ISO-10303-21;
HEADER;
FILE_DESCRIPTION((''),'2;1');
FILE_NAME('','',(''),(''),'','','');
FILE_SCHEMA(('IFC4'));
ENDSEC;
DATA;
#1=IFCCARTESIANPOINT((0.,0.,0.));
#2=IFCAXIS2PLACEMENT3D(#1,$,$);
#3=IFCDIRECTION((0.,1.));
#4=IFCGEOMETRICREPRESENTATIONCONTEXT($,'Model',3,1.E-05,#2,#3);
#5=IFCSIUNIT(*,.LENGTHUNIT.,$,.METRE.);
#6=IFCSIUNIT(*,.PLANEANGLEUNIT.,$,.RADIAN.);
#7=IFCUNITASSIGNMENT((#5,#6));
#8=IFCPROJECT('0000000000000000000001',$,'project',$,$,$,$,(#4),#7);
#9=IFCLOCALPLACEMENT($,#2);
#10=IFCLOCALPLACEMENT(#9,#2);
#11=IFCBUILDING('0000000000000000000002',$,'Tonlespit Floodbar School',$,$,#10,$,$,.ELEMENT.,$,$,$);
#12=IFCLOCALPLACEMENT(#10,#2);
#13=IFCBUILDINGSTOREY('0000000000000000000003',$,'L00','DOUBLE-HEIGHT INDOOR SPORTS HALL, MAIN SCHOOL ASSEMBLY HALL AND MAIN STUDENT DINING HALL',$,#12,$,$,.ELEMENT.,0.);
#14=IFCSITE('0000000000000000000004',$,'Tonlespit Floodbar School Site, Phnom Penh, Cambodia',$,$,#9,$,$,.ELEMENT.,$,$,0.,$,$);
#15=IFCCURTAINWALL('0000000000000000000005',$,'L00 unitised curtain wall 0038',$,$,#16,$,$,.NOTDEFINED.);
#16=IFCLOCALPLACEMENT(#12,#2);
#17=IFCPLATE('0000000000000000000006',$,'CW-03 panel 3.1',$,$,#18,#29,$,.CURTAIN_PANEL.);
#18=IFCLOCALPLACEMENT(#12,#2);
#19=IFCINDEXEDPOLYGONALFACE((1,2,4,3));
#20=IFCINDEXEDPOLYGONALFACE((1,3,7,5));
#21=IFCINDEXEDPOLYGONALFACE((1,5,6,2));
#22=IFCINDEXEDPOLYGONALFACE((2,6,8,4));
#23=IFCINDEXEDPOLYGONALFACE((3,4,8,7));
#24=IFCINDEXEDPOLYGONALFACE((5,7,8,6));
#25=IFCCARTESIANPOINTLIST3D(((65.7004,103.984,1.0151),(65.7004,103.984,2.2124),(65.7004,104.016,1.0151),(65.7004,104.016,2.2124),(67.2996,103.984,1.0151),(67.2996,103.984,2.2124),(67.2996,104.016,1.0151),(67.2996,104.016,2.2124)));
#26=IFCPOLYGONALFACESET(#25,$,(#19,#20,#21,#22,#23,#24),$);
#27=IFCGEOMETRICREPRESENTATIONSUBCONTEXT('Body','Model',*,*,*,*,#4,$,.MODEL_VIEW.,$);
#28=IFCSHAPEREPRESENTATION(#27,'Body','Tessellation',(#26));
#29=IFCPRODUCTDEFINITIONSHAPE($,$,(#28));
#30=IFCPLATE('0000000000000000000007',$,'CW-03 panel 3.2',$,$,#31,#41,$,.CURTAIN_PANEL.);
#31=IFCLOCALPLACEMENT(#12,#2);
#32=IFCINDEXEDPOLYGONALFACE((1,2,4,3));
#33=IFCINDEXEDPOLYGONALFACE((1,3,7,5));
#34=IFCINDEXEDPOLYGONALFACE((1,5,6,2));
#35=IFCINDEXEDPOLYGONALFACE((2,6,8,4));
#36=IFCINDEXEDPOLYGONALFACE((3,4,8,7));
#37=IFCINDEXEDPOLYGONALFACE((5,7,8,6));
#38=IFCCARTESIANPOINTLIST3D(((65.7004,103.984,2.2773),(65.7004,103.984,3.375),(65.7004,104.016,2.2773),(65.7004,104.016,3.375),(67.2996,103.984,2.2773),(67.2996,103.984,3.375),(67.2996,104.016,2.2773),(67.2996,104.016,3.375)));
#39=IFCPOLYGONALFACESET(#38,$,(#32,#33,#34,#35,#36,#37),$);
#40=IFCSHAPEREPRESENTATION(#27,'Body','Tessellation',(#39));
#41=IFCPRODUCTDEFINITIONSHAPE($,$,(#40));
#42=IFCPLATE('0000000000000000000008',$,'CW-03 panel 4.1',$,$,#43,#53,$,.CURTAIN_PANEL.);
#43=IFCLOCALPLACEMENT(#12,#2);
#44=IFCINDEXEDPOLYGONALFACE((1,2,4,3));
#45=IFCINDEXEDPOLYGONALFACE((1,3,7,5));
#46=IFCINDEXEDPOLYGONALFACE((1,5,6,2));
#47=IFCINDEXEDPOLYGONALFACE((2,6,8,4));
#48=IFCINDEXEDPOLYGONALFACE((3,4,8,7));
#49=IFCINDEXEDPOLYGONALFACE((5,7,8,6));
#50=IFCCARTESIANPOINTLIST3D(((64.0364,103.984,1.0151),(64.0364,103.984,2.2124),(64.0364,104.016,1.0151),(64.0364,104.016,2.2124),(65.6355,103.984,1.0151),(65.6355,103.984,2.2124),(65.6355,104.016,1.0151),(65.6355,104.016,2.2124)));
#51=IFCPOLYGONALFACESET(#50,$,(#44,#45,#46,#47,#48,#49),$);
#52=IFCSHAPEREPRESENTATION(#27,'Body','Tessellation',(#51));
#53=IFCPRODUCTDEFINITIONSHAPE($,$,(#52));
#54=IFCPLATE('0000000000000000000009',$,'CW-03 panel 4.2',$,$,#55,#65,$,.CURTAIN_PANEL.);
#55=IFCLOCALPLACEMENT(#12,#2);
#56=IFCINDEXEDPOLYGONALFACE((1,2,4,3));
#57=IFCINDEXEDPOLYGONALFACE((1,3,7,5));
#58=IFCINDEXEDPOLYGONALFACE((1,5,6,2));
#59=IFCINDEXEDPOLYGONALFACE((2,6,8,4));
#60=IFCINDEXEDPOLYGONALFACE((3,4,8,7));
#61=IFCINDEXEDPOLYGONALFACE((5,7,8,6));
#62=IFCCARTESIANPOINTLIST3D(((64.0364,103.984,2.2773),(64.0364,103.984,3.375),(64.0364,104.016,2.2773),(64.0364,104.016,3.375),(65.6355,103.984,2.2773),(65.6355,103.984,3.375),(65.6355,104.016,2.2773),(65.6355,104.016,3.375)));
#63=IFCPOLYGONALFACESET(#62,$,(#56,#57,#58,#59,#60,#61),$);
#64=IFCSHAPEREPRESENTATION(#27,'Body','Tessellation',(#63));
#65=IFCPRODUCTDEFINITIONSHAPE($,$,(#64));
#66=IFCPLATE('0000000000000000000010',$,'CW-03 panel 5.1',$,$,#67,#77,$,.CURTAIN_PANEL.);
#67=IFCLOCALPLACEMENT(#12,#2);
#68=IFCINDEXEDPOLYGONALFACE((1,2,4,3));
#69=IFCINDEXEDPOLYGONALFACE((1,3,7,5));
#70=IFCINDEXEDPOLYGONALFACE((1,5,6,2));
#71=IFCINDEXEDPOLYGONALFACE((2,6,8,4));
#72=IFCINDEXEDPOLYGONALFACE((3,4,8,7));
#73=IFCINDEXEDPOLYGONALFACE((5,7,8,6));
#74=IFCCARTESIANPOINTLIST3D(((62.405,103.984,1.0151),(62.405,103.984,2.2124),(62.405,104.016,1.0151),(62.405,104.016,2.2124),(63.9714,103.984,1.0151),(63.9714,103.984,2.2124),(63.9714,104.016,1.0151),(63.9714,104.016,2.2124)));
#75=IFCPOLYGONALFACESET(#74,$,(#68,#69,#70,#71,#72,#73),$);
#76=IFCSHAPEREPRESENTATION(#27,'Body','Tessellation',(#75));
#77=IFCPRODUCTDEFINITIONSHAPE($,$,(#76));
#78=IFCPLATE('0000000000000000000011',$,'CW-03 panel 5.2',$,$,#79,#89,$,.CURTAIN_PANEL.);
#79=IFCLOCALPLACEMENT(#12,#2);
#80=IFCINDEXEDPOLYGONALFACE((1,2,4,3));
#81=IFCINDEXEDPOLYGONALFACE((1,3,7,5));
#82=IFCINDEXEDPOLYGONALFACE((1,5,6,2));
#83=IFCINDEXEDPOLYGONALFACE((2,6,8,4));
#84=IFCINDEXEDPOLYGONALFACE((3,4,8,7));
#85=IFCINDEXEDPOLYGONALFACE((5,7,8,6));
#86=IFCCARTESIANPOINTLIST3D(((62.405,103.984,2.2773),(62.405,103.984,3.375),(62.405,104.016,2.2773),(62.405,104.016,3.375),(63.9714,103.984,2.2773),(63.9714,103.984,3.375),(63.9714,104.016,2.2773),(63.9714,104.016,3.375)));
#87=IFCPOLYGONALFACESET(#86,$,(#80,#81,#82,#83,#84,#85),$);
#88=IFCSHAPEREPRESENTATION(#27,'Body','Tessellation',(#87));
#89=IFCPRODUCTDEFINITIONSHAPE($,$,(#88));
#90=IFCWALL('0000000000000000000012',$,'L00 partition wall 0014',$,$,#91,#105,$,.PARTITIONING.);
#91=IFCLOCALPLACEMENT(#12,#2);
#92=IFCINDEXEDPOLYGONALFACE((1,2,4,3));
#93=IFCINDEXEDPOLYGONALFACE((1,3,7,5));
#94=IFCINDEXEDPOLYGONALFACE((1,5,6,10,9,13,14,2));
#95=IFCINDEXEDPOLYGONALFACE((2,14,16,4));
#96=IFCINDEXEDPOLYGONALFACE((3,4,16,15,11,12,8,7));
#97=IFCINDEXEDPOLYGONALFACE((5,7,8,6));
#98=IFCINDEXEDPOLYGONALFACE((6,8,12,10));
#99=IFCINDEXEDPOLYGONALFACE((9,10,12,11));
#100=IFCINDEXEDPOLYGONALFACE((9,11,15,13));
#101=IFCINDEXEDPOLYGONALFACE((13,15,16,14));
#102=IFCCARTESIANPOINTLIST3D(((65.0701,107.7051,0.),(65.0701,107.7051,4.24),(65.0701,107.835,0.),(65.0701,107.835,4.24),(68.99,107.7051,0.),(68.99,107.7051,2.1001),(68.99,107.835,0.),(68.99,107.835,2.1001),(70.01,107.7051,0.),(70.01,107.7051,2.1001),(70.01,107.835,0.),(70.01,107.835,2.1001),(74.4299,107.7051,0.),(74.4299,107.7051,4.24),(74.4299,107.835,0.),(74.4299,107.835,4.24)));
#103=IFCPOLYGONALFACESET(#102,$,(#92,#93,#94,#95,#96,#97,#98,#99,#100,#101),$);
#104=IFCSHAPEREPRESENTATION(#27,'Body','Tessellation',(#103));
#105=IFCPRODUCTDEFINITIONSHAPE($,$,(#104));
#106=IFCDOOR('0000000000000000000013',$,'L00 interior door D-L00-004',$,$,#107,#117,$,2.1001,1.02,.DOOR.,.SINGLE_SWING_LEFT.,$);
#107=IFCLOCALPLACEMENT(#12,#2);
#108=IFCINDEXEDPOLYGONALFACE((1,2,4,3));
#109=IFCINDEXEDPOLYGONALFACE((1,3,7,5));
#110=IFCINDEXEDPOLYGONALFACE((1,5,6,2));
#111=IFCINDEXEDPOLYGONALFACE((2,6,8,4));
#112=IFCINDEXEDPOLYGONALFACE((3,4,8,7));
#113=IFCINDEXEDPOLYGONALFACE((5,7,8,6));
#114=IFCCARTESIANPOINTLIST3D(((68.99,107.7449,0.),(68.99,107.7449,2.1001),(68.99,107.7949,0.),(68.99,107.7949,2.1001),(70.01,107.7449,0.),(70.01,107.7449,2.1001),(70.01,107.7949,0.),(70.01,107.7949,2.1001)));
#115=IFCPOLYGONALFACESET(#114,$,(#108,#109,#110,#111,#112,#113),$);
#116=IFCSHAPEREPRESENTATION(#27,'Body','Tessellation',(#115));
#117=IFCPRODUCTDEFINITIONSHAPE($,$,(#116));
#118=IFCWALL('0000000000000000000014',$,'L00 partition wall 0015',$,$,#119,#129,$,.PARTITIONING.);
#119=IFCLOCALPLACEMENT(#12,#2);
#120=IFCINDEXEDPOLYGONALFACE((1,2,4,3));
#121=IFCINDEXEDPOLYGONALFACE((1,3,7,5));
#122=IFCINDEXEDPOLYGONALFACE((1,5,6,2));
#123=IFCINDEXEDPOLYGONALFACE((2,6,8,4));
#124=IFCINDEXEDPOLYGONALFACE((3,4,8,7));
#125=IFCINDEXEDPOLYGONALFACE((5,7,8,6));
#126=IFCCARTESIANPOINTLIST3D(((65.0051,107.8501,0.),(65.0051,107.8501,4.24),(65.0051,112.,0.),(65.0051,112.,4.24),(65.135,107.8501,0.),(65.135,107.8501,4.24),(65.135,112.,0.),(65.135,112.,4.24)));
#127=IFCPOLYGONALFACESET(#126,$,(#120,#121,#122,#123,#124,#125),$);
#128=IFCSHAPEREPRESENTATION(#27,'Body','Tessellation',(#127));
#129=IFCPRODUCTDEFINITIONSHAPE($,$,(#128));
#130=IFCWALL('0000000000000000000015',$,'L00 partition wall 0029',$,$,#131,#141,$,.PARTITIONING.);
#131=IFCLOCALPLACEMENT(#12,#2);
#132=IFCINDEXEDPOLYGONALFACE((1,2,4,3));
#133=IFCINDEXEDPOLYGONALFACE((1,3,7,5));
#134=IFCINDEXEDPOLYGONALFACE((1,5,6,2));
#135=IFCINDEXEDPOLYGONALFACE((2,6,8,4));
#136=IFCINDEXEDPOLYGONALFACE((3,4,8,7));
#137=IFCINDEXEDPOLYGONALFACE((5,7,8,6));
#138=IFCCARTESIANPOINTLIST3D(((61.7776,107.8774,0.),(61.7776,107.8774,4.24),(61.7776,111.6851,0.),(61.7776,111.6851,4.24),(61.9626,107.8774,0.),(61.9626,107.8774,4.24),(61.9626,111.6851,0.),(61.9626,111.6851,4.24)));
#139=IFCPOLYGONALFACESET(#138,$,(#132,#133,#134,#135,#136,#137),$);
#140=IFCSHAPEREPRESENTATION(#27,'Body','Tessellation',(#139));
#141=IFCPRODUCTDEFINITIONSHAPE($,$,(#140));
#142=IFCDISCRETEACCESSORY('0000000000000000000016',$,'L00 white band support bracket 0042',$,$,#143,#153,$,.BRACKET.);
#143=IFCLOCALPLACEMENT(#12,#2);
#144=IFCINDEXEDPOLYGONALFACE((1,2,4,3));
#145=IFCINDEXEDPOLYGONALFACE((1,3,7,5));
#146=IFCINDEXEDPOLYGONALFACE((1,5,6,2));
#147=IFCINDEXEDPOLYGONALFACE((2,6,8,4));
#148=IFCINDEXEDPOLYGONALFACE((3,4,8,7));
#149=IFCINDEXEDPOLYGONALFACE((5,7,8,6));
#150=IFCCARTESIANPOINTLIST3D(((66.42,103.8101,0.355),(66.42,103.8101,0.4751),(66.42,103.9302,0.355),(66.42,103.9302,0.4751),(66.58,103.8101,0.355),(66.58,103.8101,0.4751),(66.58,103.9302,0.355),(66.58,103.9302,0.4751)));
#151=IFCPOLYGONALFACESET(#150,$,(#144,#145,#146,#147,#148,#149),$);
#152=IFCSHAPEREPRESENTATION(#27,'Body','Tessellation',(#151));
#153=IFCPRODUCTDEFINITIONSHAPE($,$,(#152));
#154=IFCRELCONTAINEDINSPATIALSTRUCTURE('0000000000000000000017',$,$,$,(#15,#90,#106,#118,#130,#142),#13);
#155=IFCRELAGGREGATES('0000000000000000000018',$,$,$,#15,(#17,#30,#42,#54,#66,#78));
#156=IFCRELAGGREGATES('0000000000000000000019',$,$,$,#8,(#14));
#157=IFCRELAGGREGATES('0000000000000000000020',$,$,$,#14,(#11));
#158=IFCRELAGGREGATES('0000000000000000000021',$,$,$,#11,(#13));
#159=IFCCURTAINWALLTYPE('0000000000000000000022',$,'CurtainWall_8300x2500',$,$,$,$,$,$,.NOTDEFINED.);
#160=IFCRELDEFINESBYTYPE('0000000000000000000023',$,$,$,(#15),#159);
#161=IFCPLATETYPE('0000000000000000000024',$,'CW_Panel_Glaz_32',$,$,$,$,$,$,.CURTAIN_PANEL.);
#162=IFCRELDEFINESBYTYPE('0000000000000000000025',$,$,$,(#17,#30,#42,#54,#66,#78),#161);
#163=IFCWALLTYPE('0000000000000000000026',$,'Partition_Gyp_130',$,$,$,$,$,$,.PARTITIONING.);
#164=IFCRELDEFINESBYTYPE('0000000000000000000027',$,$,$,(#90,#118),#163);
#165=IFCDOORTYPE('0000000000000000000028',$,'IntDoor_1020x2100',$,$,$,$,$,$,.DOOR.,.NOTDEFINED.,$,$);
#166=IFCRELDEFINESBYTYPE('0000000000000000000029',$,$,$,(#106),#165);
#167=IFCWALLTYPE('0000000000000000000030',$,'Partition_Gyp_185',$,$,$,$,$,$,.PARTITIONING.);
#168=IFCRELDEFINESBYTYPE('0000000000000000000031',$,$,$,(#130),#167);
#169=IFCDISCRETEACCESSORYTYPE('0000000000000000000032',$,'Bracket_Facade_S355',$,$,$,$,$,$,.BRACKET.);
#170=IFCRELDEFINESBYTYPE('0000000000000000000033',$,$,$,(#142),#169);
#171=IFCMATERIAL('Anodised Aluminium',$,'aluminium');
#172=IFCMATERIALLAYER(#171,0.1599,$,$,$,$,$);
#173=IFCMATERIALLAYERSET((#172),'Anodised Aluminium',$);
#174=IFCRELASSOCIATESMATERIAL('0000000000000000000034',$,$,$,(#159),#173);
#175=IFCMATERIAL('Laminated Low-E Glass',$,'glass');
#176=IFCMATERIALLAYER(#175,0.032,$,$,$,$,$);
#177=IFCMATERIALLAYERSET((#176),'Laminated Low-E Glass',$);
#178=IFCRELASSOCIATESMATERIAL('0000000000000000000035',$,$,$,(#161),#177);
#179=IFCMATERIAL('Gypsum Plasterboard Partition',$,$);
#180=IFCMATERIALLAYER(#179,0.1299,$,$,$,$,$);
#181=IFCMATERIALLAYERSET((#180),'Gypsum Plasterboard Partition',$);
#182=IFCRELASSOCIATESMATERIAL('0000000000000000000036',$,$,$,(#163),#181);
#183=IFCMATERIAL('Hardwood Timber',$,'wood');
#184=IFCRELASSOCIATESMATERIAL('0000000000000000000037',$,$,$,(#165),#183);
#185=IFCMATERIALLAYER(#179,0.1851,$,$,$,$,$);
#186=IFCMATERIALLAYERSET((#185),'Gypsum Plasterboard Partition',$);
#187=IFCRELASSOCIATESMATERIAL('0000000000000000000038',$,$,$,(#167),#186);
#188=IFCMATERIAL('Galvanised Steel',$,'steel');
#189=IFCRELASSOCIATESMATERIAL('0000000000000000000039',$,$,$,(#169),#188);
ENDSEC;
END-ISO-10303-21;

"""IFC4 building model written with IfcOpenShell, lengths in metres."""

from ifc_helpers import new_model, si_unit, direction, frame, frame_2d, origin, origin_2d, place, context, subcontext, project, spatial, rectangle, extrude, material, layer, layer_set, type_object, element, fill, aggregate, save


model = new_model("IFC4")

# Units and contexts
model_context = context("Model", 3, precision=1e-05, world=origin(), true_north=direction((0.0, 1.0)))
body_context = subcontext(model_context, "Body", "Model", "MODEL_VIEW")
ifc_project = project(units=[si_unit("LENGTHUNIT", "METRE"), si_unit("PLANEANGLEUNIT", "RADIAN")], contexts=[model_context])

# Site, building, storey
site_placement = place(None, origin())
site = spatial("IfcSite", under=ifc_project, at=site_placement, Name="Tonlespit Floodbar School Site, Phnom Penh, Cambodia", CompositionType="ELEMENT", RefElevation=0.0)
building_placement = place(site_placement, origin())
building = spatial("IfcBuilding", under=site, at=building_placement, Name="Tonlespit Floodbar School", CompositionType="ELEMENT")
storey_placement = place(building_placement, origin())
storey = spatial("IfcBuildingStorey", under=building, at=storey_placement, Name="L00", Description="DOUBLE-HEIGHT INDOOR SPORTS HALL, MAIN SCHOOL ASSEMBLY HALL AND MAIN STUDENT DINING HALL", CompositionType="ELEMENT", Elevation=0.0)

# Curtain wall, plates
ifc_material_1 = material(Name="Anodised Aluminium", Category="aluminium")
ifc_layer_1 = layer(ifc_material_1, 0.1599)
ifc_layer_set_1 = layer_set([ifc_layer_1], Name="Anodised Aluminium")
curtain_wall_type = type_object("IfcCurtainWallType", Name="CurtainWall_8300x2500", PredefinedType="NOTDEFINED", material=ifc_layer_set_1)
curtain_wall_placement = place(storey_placement, origin())
curtain_wall = element("IfcCurtainWall", 1, at=curtain_wall_placement, inside=storey, type_object=curtain_wall_type, Name="L00 unitised curtain wall 0038", PredefinedType="NOTDEFINED")
ifc_material_2 = material(Name="Laminated Low-E Glass", Category="glass")
ifc_layer_2 = layer(ifc_material_2, 0.032)
ifc_layer_set_2 = layer_set([ifc_layer_2], Name="Laminated Low-E Glass")
plate_type = type_object("IfcPlateType", Name="CW_Panel_Glaz_32", PredefinedType="CURTAIN_PANEL", material=ifc_layer_set_2)
plate_1_placement = place(storey_placement, frame((66.5, 104.0, 1.0151), z_axis=(0.0, 0.0, 1.0), x_axis=(-1.0, 0.0, 0.0)))
plate_1 = element("IfcPlate", 2, at=plate_1_placement, type_object=plate_type, Name="CW-03 panel 3.1", PredefinedType="CURTAIN_PANEL", context=body_context, shape_type="SweptSolid", body=[
    extrude(rectangle(XDim=1.5991, YDim=0.032, at=origin_2d()), origin(), (0.0, 0.0, 1.0), 1.1973),
])
plate_2_placement = place(storey_placement, frame((66.5, 104.0, 2.2773), z_axis=(0.0, 0.0, 1.0), x_axis=(-1.0, 0.0, 0.0)))
plate_2 = element("IfcPlate", 3, at=plate_2_placement, type_object=plate_type, Name="CW-03 panel 3.2", PredefinedType="CURTAIN_PANEL", context=body_context, shape_type="SweptSolid", body=[
    extrude(rectangle(XDim=1.5991, YDim=0.032, at=origin_2d()), origin(), (0.0, 0.0, 1.0), 1.0977),
])
plate_3_placement = place(storey_placement, frame((64.8359, 104.0, 1.0151), z_axis=(0.0, 0.0, 1.0), x_axis=(-1.0, 0.0, 0.0)))
plate_3 = element("IfcPlate", 4, at=plate_3_placement, type_object=plate_type, Name="CW-03 panel 4.1", PredefinedType="CURTAIN_PANEL", context=body_context, shape_type="SweptSolid", body=[
    extrude(rectangle(XDim=1.5991, YDim=0.032, at=origin_2d()), origin(), (0.0, 0.0, 1.0), 1.1973),
])
plate_4_placement = place(storey_placement, frame((64.8359, 104.0, 2.2773), z_axis=(0.0, 0.0, 1.0), x_axis=(-1.0, 0.0, 0.0)))
plate_4 = element("IfcPlate", 5, at=plate_4_placement, type_object=plate_type, Name="CW-03 panel 4.2", PredefinedType="CURTAIN_PANEL", context=body_context, shape_type="SweptSolid", body=[
    extrude(rectangle(XDim=1.5991, YDim=0.032, at=origin_2d()), origin(), (0.0, 0.0, 1.0), 1.0977),
])
plate_5_placement = place(storey_placement, frame((63.1882, 104.0, 1.0151), z_axis=(0.0, 0.0, 1.0), x_axis=(-1.0, 0.0, 0.0)))
plate_5 = element("IfcPlate", 6, at=plate_5_placement, type_object=plate_type, Name="CW-03 panel 5.1", PredefinedType="CURTAIN_PANEL", context=body_context, shape_type="SweptSolid", body=[
    extrude(rectangle(XDim=1.5664, YDim=0.032, at=origin_2d()), origin(), (0.0, 0.0, 1.0), 1.1973),
])
plate_6_placement = place(storey_placement, frame((63.1882, 104.0, 2.2773), z_axis=(0.0, 0.0, 1.0), x_axis=(-1.0, 0.0, 0.0)))
plate_6 = element("IfcPlate", 7, at=plate_6_placement, type_object=plate_type, Name="CW-03 panel 5.2", PredefinedType="CURTAIN_PANEL", context=body_context, shape_type="SweptSolid", body=[
    extrude(rectangle(XDim=1.5664, YDim=0.032, at=origin_2d()), origin(), (0.0, 0.0, 1.0), 1.0977),
])
aggregate(curtain_wall, [plate_1, plate_2, plate_3, plate_4, plate_5, plate_6])

# Wall, opening, door
ifc_material_3 = material(Name="Gypsum Plasterboard Partition")
ifc_layer_3 = layer(ifc_material_3, 0.1299)
ifc_layer_set_3 = layer_set([ifc_layer_3], Name="Gypsum Plasterboard Partition")
wall_type_1 = type_object("IfcWallType", Name="Partition_Gyp_130", PredefinedType="PARTITIONING", material=ifc_layer_set_3)
wall_1_placement = place(storey_placement, frame((65.0701, 107.77, 0.0), z_axis=(0.0, 0.0, 1.0), x_axis=(1.0, 0.0, 0.0)))
wall_1 = element("IfcWall", 8, at=wall_1_placement, inside=storey, type_object=wall_type_1, Name="L00 partition wall 0014", PredefinedType="PARTITIONING", context=body_context, shape_type="SweptSolid", body=[
    extrude(rectangle(XDim=9.3599, YDim=0.1299, at=frame_2d((4.6799, 0.0))), origin(), (0.0, 0.0, 1.0), 4.24),
])
opening_1_placement = place(wall_1_placement, frame((3.9199, 0.0, 0.0)))
opening_1 = element("IfcOpeningElement", 9, at=opening_1_placement, cuts=wall_1, PredefinedType="OPENING", context=body_context, shape_type="SweptSolid", body=[
    extrude(rectangle(XDim=1.02, YDim=2.1001, at=frame_2d((0.51, 1.05))), frame((0.0, 0.075, 0.0), z_axis=(0.0, -1.0, 0.0), x_axis=(1.0, 0.0, 0.0)), (0.0, 0.0, 1.0), 0.1499),
])
ifc_material_4 = material(Name="Hardwood Timber", Category="wood")
door_type_1 = type_object("IfcDoorType", Name="IntDoor_1020x2100", OperationType="NOTDEFINED", PredefinedType="DOOR", material=ifc_material_4)
door_1_placement = place(opening_1_placement, origin())
door_1 = element("IfcDoor", 10, at=door_1_placement, inside=storey, type_object=door_type_1, Name="L00 interior door D-L00-004", OperationType="SINGLE_SWING_LEFT", OverallHeight=2.1001, OverallWidth=1.02, PredefinedType="DOOR", context=body_context, shape_type="SweptSolid", body=[
    extrude(rectangle(XDim=1.02, YDim=2.1001, at=frame_2d((0.51, 1.05))), frame((0.0, 0.0249, 0.0), z_axis=(0.0, -1.0, 0.0), x_axis=(1.0, 0.0, 0.0)), (0.0, 0.0, 1.0), 0.05),
])
fill(opening_1, door_1)

# Wall
wall_2_placement = place(storey_placement, frame((65.0701, 107.8501, 0.0), z_axis=(0.0, 0.0, 1.0), x_axis=(0.0, 1.0, 0.0)))
element("IfcWall", 11, at=wall_2_placement, inside=storey, type_object=wall_type_1, Name="L00 partition wall 0015", PredefinedType="PARTITIONING", context=body_context, shape_type="SweptSolid", body=[
    extrude(rectangle(XDim=4.1499, YDim=0.1299, at=frame_2d((2.075, 0.0))), origin(), (0.0, 0.0, 1.0), 4.24),
])

# Shared definitions
ifc_layer_4 = layer(ifc_material_3, 0.1851)
ifc_layer_set_4 = layer_set([ifc_layer_4], Name="Gypsum Plasterboard Partition")
wall_type_2 = type_object("IfcWallType", Name="Partition_Gyp_185", PredefinedType="PARTITIONING", material=ifc_layer_set_4)

# Wall
wall_3_placement = place(storey_placement, frame((61.8701, 107.8774, 0.0), z_axis=(0.0, 0.0, 1.0), x_axis=(0.0, 1.0, 0.0)))
element("IfcWall", 12, at=wall_3_placement, inside=storey, type_object=wall_type_2, Name="L00 partition wall 0029", PredefinedType="PARTITIONING", context=body_context, shape_type="SweptSolid", body=[
    extrude(rectangle(XDim=3.8076, YDim=0.1851, at=frame_2d((1.9038, 0.0))), origin(), (0.0, 0.0, 1.0), 4.24),
])

# Discrete accessory
ifc_material_5 = material(Name="Galvanised Steel", Category="steel")
discrete_accessory_type = type_object("IfcDiscreteAccessoryType", Name="Bracket_Facade_S355", PredefinedType="BRACKET", material=ifc_material_5)
discrete_accessory_placement = place(storey_placement, frame((66.5, 103.8701, 0.355), z_axis=(0.0, 0.0, 1.0), x_axis=(-1.0, 0.0, 0.0)))
element("IfcDiscreteAccessory", 13, at=discrete_accessory_placement, inside=storey, type_object=discrete_accessory_type, Name="L00 white band support bracket 0042", PredefinedType="BRACKET", context=body_context, shape_type="SweptSolid", body=[
    extrude(rectangle(XDim=0.1599, YDim=0.1201, at=origin_2d()), origin(), (0.0, 0.0, 1.0), 0.1201),
])

save(model, "model.ifc")
